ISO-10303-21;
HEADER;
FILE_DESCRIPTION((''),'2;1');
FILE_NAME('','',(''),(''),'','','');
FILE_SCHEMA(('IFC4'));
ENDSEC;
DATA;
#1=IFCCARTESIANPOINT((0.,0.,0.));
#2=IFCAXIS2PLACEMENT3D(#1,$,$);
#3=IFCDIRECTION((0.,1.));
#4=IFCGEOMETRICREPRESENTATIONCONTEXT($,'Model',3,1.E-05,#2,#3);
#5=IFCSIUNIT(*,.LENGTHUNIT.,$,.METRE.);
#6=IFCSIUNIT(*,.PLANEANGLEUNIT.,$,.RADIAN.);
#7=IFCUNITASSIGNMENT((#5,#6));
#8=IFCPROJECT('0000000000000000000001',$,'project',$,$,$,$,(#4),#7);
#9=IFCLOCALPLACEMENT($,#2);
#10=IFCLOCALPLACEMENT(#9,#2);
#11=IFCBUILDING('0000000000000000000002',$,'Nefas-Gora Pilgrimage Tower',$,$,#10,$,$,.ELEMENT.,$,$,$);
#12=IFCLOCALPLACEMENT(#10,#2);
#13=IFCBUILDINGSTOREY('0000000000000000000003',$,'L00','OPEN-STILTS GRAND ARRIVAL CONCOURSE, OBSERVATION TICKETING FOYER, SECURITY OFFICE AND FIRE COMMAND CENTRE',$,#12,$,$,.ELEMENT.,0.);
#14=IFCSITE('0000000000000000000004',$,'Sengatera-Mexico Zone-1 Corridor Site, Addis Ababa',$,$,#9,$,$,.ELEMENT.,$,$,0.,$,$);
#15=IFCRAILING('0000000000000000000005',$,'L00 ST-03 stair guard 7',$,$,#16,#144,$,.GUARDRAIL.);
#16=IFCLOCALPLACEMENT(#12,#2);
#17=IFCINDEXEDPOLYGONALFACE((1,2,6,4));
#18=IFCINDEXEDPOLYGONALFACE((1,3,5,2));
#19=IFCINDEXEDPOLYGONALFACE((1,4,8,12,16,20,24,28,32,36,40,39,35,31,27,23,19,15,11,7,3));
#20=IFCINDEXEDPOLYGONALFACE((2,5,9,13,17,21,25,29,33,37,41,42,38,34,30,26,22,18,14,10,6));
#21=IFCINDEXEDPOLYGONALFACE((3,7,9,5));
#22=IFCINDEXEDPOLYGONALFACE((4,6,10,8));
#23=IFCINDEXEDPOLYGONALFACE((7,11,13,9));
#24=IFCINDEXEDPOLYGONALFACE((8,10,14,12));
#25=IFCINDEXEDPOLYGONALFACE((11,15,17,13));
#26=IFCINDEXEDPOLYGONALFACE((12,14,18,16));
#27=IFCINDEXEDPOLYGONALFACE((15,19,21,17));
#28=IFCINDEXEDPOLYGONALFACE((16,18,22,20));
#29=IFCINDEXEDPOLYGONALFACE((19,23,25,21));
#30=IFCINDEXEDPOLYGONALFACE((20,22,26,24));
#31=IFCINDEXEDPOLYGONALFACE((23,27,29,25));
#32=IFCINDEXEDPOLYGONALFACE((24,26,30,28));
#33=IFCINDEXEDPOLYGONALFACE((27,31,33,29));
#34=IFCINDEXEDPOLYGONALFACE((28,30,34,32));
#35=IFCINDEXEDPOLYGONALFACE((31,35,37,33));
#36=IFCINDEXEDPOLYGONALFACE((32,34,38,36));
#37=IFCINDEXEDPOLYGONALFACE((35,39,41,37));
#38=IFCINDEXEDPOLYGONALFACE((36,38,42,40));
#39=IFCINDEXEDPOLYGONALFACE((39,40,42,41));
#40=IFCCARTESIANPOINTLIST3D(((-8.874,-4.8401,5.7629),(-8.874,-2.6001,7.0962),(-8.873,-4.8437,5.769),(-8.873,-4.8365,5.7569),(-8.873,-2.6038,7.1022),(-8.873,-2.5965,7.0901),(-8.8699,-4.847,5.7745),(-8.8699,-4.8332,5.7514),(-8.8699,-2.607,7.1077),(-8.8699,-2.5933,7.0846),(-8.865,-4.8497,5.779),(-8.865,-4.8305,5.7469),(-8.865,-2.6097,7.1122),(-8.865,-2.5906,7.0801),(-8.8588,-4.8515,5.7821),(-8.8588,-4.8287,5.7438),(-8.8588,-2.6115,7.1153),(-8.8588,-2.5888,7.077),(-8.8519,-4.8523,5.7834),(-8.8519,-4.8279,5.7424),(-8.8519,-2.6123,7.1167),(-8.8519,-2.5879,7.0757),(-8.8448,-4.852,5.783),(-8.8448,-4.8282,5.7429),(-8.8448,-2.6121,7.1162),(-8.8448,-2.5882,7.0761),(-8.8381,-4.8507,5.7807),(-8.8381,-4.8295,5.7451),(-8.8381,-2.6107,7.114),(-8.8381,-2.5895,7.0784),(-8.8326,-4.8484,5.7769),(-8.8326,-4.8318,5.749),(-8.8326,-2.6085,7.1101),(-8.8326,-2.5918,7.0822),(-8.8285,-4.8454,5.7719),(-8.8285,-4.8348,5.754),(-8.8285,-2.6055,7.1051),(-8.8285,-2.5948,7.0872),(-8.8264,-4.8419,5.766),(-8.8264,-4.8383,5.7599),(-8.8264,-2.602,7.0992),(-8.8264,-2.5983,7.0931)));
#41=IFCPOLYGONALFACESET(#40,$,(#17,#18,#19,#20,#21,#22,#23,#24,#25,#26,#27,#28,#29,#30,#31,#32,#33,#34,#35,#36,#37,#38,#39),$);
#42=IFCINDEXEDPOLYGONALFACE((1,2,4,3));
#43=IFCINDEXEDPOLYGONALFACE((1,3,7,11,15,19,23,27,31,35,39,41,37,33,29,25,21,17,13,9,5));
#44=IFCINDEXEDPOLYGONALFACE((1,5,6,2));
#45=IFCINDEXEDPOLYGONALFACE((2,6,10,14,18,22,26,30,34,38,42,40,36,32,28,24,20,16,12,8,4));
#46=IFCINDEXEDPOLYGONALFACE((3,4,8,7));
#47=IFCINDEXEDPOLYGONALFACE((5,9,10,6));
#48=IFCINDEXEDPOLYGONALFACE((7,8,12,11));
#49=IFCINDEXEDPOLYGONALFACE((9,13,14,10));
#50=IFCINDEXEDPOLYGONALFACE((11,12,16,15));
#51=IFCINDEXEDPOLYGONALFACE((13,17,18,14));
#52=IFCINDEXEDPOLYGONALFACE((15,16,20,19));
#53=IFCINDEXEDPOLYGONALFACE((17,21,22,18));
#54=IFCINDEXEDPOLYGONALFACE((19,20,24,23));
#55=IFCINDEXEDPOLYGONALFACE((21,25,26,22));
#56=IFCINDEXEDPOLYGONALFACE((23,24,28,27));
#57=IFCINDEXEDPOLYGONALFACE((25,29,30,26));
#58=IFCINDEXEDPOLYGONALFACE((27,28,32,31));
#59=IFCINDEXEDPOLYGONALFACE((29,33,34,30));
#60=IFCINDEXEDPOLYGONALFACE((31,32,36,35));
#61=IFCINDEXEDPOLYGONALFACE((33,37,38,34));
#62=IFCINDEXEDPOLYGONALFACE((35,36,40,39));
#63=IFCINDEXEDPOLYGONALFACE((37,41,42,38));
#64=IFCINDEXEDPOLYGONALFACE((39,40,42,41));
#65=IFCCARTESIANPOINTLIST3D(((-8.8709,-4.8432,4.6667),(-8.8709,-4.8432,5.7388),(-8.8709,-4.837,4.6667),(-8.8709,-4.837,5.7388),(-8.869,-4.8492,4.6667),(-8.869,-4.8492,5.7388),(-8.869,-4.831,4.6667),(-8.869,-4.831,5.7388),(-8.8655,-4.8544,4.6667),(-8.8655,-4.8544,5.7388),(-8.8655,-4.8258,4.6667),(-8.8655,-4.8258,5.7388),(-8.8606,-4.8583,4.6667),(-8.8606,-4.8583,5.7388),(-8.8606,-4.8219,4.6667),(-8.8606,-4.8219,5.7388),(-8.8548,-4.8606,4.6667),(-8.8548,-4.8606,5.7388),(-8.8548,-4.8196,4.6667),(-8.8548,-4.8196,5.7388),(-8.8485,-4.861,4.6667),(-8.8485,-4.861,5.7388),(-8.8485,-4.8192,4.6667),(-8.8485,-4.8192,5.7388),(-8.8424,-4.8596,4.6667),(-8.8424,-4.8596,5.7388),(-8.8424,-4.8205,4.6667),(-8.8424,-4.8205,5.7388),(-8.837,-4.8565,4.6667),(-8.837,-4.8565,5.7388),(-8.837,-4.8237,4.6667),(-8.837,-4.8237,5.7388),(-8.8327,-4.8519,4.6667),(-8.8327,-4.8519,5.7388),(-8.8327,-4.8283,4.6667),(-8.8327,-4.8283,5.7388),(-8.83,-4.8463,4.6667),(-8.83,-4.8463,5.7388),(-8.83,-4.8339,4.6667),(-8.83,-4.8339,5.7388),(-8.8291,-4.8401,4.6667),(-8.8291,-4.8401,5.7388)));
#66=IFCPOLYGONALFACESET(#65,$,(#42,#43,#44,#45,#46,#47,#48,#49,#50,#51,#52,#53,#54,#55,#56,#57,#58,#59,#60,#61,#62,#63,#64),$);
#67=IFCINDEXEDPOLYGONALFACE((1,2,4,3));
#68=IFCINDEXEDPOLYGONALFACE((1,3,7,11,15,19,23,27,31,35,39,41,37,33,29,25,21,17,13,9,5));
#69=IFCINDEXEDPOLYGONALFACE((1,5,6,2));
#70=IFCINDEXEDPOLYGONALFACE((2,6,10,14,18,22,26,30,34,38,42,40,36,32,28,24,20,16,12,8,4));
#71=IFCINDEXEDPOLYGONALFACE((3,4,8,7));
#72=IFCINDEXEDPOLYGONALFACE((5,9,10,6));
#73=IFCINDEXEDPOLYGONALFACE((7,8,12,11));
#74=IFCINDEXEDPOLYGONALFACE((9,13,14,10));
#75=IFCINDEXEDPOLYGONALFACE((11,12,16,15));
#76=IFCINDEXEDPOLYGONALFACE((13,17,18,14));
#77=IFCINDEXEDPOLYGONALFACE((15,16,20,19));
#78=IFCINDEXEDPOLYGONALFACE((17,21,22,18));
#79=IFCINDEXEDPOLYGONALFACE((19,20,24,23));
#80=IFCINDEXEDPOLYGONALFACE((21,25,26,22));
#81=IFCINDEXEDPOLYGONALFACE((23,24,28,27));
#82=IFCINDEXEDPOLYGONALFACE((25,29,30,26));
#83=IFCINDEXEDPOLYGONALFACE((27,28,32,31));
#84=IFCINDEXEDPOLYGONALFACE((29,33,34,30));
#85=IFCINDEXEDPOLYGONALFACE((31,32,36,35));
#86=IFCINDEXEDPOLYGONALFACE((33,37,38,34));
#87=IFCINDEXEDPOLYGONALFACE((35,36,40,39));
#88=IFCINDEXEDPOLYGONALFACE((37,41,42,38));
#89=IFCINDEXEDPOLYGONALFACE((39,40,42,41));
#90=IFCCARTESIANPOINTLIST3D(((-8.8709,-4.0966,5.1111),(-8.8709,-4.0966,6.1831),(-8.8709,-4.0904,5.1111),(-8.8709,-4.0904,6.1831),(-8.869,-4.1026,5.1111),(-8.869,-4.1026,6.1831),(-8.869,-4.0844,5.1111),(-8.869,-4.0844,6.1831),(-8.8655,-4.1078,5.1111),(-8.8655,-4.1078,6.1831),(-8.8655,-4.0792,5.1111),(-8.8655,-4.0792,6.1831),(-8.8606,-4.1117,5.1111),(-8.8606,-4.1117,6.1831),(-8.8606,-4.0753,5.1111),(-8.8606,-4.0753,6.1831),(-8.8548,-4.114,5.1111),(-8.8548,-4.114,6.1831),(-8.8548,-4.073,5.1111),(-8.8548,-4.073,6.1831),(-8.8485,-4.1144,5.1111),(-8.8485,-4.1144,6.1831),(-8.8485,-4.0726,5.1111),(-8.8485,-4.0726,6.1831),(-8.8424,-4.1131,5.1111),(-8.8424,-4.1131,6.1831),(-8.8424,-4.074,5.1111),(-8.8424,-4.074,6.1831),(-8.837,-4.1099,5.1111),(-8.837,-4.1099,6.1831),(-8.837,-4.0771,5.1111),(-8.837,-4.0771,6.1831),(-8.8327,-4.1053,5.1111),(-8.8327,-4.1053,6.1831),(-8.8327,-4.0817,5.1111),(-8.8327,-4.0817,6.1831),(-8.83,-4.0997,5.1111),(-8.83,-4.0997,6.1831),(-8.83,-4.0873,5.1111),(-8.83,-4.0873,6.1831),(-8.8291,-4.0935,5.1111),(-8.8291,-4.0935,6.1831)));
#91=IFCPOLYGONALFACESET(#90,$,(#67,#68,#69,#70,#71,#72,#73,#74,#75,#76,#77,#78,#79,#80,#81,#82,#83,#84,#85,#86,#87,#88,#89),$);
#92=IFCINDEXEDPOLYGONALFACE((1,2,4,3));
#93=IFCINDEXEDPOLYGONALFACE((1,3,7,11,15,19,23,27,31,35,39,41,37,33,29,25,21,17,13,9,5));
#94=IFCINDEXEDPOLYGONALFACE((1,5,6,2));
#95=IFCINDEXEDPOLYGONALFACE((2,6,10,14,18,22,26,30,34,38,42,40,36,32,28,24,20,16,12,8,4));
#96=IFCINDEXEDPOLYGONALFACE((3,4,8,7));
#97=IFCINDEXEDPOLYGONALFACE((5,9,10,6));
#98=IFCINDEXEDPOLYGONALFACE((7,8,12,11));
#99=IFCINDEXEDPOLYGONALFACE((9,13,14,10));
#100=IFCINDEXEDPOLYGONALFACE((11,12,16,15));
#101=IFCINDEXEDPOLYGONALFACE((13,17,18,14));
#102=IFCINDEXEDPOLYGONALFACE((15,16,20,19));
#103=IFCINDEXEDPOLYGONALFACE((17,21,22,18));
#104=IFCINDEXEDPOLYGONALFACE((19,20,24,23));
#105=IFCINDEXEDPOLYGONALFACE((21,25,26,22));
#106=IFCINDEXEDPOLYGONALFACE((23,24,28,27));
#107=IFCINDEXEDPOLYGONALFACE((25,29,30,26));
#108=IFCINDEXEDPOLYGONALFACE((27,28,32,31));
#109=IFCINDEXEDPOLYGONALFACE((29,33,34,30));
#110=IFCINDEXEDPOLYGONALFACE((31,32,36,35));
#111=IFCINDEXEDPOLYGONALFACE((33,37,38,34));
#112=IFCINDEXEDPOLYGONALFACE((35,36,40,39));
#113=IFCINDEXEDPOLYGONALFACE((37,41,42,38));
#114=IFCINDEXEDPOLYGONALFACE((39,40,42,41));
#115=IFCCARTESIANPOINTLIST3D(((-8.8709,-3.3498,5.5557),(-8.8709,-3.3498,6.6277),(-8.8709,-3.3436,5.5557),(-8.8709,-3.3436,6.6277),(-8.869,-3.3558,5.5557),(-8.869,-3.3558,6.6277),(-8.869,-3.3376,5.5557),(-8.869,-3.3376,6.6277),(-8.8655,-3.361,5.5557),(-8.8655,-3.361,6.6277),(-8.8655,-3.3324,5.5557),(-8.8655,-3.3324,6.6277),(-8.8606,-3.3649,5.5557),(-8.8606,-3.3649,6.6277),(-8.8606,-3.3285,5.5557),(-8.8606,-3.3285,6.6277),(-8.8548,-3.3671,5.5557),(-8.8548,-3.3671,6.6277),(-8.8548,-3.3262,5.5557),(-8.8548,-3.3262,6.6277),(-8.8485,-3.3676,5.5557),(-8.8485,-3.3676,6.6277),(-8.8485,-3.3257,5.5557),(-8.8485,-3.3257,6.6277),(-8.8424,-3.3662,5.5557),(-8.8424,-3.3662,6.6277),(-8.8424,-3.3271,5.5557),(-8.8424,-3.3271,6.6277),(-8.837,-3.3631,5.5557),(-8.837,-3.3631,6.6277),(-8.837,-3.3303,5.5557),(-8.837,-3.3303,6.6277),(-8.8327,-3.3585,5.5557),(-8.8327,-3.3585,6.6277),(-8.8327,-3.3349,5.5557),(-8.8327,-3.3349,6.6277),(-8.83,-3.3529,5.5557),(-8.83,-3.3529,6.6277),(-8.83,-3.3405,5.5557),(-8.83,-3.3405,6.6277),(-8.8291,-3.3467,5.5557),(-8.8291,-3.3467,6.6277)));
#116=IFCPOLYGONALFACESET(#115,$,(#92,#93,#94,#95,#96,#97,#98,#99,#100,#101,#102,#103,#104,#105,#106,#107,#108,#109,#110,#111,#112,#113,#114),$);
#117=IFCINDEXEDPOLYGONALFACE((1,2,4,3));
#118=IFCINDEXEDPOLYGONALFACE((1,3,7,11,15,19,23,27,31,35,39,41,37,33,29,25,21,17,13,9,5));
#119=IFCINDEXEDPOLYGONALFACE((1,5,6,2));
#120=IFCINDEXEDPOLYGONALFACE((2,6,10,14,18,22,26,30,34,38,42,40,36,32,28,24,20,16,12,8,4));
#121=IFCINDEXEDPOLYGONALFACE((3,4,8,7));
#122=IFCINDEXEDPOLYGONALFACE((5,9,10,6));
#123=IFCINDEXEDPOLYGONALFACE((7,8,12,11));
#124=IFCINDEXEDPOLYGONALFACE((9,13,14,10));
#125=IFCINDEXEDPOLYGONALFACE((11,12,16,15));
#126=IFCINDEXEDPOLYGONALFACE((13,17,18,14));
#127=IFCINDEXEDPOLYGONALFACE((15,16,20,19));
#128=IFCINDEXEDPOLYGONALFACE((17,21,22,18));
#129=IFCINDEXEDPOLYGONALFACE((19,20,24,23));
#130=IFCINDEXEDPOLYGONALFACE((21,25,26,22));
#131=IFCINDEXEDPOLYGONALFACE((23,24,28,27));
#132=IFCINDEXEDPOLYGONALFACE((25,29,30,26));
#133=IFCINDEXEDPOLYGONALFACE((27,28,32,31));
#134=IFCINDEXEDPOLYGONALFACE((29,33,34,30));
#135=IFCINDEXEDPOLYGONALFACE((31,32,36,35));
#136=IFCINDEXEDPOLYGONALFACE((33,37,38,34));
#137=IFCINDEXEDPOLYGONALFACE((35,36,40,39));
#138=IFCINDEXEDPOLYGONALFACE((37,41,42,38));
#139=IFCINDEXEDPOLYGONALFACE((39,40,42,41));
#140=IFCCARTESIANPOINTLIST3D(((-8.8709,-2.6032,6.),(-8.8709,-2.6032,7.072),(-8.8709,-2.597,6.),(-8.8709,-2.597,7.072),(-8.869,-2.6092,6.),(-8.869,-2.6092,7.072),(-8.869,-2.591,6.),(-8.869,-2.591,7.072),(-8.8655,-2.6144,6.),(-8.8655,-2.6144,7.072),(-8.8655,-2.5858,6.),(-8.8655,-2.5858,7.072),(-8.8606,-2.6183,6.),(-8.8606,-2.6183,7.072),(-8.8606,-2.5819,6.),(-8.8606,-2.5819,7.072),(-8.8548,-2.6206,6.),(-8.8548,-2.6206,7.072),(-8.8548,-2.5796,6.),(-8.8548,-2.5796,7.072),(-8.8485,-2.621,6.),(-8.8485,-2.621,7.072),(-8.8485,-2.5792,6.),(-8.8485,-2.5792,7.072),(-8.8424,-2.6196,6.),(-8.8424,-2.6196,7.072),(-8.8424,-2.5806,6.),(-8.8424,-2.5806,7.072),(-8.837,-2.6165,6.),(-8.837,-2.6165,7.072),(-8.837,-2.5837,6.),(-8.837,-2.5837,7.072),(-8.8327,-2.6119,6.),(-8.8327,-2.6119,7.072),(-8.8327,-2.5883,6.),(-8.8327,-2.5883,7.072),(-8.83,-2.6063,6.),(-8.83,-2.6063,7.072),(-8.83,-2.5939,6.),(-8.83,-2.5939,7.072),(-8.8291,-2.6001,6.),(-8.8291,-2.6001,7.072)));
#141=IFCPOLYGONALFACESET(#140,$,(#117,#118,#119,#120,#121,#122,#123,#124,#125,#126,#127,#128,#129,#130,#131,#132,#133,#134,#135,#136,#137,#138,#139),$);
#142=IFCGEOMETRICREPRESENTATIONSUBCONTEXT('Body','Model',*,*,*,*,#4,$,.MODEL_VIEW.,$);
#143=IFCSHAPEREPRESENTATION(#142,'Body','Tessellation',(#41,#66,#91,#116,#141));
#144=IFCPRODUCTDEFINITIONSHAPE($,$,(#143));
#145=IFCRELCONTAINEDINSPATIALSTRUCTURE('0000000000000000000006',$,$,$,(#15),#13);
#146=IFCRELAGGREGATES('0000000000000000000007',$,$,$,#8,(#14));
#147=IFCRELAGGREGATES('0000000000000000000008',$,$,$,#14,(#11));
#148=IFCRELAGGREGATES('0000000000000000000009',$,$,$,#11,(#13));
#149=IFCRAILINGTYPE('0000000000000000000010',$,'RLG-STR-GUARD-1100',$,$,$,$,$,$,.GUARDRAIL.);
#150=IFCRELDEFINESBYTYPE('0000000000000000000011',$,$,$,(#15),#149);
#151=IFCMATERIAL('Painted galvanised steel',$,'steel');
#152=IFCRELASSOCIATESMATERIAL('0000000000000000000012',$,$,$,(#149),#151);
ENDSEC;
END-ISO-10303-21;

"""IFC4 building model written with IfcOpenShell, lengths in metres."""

from ifc_helpers import new_model, si_unit, direction, frame, origin, origin_2d, place, context, subcontext, project, spatial, circle, extrude, material, type_object, element, save


model = new_model("IFC4")

# Units and contexts
model_context = context("Model", 3, precision=1e-05, world=origin(), true_north=direction((0.0, 1.0)))
body_context = subcontext(model_context, "Body", "Model", "MODEL_VIEW")
ifc_project = project(units=[si_unit("LENGTHUNIT", "METRE"), si_unit("PLANEANGLEUNIT", "RADIAN")], contexts=[model_context])

# Site, building, storey
site_placement = place(None, origin())
site = spatial("IfcSite", under=ifc_project, at=site_placement, Name="Sengatera-Mexico Zone-1 Corridor Site, Addis Ababa", CompositionType="ELEMENT", RefElevation=0.0)
building_placement = place(site_placement, origin())
building = spatial("IfcBuilding", under=site, at=building_placement, Name="Nefas-Gora Pilgrimage Tower", CompositionType="ELEMENT")
storey_placement = place(building_placement, origin())
storey = spatial("IfcBuildingStorey", under=building, at=storey_placement, Name="L00", Description="OPEN-STILTS GRAND ARRIVAL CONCOURSE, OBSERVATION TICKETING FOYER, SECURITY OFFICE AND FIRE COMMAND CENTRE", CompositionType="ELEMENT", Elevation=0.0)

# Railing
ifc_material_1 = material(Name="Painted galvanised steel", Category="steel")
railing_type_1 = type_object("IfcRailingType", Name="RLG-STR-GUARD-1100", PredefinedType="GUARDRAIL", material=ifc_material_1)
railing_1_placement = place(storey_placement, frame((-8.8501, -4.8401, 4.6667)))
element("IfcRailing", 1, at=railing_1_placement, inside=storey, type_object=railing_type_1, Name="L00 ST-03 stair guard 7", PredefinedType="GUARDRAIL", context=body_context, shape_type="SweptSolid", body=[
    extrude(circle(Radius=0.0239, at=origin_2d()), frame((0.0, 0.0, 1.0962), z_axis=(0.0, 0.859306, 0.511462), x_axis=(-1.0, 0.0, 0.0)), (0.0, 0.0, 1.0), 2.6067),
    extrude(circle(Radius=0.021, at=origin_2d()), origin(), (0.0, 0.0, 1.0), 1.072),
    extrude(circle(Radius=0.021, at=origin_2d()), frame((0.0, 0.7466, 0.4443)), (0.0, 0.0, 1.0), 1.072),
    extrude(circle(Radius=0.021, at=origin_2d()), frame((0.0, 1.4934, 0.8889)), (0.0, 0.0, 1.0), 1.072),
    extrude(circle(Radius=0.021, at=origin_2d()), frame((0.0, 2.24, 1.3333)), (0.0, 0.0, 1.0), 1.072),
])

save(model, "model.ifc")
